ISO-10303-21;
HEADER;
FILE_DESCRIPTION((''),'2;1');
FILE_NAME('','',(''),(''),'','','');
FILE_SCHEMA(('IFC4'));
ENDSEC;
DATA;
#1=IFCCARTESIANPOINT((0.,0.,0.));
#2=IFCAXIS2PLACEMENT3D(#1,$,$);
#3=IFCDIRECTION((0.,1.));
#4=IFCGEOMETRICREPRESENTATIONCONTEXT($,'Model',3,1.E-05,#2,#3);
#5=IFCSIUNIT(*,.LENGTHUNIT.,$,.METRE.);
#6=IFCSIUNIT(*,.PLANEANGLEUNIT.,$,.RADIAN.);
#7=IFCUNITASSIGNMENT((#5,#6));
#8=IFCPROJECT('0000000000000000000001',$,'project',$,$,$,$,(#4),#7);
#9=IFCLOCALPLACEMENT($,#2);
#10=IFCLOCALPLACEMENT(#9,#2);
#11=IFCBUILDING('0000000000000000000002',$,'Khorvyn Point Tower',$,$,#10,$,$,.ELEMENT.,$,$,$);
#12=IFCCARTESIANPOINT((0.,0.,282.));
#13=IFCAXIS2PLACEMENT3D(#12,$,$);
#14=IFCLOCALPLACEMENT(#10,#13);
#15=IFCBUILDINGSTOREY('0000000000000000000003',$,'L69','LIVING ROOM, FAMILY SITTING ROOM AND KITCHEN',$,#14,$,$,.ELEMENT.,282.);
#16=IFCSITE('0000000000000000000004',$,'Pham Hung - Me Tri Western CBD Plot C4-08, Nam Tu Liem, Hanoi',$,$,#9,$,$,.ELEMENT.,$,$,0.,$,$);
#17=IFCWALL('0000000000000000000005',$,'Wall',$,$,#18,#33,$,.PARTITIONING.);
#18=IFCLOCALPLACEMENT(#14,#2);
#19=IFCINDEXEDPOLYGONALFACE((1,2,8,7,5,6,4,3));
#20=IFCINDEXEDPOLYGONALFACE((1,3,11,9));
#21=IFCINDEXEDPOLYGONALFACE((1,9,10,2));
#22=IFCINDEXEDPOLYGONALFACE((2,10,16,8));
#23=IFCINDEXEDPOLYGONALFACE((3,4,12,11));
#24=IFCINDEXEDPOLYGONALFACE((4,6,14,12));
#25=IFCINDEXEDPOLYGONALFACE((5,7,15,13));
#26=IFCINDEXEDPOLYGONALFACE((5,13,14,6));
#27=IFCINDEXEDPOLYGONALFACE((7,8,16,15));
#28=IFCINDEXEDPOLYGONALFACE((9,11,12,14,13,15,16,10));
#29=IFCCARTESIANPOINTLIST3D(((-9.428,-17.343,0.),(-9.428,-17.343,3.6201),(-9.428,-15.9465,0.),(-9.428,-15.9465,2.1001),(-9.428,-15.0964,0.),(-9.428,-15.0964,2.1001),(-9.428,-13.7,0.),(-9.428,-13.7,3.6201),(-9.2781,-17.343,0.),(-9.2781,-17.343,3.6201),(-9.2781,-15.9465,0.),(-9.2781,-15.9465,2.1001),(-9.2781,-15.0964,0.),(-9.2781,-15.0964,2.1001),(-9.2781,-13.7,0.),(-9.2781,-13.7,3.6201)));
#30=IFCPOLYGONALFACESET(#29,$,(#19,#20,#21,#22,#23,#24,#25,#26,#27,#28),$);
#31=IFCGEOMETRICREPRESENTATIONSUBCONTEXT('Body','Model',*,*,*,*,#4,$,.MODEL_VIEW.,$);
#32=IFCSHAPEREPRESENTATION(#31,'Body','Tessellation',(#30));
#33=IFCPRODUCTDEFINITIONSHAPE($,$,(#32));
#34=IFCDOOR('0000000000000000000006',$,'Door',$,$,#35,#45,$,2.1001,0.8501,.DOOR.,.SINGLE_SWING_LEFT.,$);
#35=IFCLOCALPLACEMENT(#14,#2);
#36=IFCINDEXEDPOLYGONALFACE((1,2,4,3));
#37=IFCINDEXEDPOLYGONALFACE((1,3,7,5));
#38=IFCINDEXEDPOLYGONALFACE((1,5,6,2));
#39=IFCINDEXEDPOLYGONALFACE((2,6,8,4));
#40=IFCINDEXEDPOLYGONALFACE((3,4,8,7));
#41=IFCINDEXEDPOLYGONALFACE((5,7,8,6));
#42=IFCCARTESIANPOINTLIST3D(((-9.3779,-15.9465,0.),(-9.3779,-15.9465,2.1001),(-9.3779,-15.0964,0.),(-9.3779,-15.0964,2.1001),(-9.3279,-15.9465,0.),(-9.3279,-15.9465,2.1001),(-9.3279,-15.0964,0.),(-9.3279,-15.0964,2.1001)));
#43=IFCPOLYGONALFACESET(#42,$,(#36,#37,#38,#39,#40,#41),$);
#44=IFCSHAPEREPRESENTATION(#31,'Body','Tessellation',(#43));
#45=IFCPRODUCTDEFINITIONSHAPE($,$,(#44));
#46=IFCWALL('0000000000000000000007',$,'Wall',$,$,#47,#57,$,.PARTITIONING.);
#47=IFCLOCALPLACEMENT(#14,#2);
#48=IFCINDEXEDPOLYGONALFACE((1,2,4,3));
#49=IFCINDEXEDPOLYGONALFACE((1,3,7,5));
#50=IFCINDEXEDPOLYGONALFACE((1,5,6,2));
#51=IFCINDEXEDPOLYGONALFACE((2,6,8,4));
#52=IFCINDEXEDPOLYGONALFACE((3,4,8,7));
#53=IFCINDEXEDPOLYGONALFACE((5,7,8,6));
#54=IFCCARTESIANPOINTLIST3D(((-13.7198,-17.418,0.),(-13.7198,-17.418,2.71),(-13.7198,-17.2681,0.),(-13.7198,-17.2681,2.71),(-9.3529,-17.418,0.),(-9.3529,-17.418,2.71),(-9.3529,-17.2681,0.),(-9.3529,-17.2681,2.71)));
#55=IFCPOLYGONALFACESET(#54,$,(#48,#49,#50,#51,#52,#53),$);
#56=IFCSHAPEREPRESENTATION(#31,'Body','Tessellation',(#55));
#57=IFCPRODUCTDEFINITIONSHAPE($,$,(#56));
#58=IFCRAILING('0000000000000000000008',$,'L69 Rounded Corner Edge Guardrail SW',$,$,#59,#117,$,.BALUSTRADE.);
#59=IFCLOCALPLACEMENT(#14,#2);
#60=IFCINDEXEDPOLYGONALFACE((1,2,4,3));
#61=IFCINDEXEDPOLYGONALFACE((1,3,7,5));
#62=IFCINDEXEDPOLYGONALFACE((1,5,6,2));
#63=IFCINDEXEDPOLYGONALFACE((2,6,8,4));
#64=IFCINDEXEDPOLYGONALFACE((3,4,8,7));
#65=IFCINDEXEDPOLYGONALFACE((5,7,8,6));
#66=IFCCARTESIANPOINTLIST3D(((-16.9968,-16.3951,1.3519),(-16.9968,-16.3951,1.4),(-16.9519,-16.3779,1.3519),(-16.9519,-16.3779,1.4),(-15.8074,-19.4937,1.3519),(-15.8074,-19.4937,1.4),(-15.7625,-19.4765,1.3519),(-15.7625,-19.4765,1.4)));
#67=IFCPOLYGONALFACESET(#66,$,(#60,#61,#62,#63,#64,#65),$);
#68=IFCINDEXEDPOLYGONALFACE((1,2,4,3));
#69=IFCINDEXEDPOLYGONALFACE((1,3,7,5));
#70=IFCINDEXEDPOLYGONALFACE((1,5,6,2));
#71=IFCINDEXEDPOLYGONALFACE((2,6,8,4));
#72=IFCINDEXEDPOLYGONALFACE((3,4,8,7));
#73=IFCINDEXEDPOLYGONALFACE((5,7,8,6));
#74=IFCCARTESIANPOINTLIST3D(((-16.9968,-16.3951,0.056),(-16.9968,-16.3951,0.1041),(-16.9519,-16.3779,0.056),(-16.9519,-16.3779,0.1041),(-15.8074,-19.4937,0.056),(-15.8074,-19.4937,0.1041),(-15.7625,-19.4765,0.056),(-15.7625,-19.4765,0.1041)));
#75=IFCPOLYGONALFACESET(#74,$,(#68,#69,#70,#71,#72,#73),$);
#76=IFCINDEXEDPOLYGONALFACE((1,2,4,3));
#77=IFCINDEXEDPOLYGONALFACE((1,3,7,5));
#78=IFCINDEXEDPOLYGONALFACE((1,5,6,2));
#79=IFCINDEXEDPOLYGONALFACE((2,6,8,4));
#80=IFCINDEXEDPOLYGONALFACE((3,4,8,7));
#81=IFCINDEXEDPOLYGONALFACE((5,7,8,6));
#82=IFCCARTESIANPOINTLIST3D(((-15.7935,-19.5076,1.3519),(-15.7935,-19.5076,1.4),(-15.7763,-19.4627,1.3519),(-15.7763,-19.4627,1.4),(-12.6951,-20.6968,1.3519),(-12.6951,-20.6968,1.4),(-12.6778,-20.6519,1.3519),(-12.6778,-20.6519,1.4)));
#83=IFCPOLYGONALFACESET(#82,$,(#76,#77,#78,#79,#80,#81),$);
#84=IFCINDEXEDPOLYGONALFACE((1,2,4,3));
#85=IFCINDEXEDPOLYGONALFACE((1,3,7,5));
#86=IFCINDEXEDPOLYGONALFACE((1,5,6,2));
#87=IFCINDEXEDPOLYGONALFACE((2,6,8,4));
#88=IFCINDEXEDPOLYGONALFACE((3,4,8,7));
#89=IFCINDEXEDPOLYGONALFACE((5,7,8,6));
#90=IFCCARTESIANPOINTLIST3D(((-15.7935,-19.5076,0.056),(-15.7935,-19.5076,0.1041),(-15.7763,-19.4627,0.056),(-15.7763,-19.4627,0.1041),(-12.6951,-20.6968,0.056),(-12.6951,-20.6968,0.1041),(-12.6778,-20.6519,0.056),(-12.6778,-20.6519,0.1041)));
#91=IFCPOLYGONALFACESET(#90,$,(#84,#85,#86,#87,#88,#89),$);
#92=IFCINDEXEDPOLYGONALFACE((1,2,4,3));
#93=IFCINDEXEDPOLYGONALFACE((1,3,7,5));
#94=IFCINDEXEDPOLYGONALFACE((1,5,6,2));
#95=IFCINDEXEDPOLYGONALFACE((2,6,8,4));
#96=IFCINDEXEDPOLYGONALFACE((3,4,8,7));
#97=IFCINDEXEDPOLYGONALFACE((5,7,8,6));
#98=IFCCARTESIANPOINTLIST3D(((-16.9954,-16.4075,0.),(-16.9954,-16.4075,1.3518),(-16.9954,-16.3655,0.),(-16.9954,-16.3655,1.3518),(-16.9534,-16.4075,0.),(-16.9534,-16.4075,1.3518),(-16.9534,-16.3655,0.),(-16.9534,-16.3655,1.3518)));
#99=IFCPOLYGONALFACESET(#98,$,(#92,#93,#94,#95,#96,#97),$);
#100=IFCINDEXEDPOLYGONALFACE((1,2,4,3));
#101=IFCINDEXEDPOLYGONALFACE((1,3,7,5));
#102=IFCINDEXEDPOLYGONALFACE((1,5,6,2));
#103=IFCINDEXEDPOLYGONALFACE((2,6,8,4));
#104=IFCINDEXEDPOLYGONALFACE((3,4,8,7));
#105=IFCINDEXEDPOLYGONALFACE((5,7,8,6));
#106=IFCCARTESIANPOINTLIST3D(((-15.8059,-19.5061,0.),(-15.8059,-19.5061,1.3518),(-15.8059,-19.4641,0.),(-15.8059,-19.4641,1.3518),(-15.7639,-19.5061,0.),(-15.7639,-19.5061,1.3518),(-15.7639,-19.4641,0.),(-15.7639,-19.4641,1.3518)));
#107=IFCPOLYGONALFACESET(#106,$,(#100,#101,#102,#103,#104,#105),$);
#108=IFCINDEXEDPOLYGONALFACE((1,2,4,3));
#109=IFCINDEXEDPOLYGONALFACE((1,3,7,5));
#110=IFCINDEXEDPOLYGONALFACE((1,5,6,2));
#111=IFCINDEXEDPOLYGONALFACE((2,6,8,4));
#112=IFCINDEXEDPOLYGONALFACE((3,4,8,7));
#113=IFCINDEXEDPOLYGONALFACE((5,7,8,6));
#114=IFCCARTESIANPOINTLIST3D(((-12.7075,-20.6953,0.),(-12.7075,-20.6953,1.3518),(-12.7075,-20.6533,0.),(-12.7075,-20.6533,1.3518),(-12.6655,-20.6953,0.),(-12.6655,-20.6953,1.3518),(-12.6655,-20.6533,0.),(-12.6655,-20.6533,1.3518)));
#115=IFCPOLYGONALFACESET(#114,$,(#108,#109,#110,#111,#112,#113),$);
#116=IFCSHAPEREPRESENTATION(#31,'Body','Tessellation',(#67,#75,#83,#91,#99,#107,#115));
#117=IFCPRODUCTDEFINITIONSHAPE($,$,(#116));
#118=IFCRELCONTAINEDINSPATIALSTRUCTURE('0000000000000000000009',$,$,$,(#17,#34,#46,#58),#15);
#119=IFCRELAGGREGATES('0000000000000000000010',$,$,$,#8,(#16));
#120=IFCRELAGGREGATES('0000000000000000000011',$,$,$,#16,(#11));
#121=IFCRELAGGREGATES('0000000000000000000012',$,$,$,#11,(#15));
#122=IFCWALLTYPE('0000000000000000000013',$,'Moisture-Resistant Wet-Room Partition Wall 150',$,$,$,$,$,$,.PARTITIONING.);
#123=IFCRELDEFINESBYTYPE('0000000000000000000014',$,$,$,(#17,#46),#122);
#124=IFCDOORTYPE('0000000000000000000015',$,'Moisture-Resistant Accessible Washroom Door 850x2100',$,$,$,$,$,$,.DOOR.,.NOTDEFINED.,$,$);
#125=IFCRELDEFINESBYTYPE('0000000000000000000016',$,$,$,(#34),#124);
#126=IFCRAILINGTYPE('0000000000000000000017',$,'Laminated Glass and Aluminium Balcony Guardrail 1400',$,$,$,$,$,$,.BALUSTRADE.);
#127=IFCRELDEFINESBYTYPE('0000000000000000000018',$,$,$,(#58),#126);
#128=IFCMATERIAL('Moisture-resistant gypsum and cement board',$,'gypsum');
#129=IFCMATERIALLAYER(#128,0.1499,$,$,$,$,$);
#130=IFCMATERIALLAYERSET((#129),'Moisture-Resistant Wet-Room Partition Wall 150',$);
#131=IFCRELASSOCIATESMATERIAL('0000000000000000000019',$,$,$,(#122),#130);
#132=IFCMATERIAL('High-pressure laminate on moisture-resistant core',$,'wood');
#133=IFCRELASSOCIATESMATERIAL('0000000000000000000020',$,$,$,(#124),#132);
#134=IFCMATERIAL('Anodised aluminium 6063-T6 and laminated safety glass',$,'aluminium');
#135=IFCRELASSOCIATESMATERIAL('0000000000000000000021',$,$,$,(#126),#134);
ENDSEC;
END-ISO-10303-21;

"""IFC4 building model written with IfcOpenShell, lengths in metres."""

from ifc_helpers import new_model, si_unit, direction, frame, frame_2d, origin, origin_2d, place, context, subcontext, project, spatial, rectangle, extrude, material, layer, layer_set, type_object, element, fill, save


model = new_model("IFC4")

# Units and contexts
model_context = context("Model", 3, precision=1e-05, world=origin(), true_north=direction((0.0, 1.0)))
body_context = subcontext(model_context, "Body", "Model", "MODEL_VIEW")
ifc_project = project(units=[si_unit("LENGTHUNIT", "METRE"), si_unit("PLANEANGLEUNIT", "RADIAN")], contexts=[model_context])

# Site, building, storey
site_placement = place(None, origin())
site = spatial("IfcSite", under=ifc_project, at=site_placement, Name="Pham Hung - Me Tri Western CBD Plot C4-08, Nam Tu Liem, Hanoi", CompositionType="ELEMENT", RefElevation=0.0)
building_placement = place(site_placement, origin())
building = spatial("IfcBuilding", under=site, at=building_placement, Name="Khorvyn Point Tower", CompositionType="ELEMENT")
storey_placement = place(building_placement, frame((0.0, 0.0, 282.0)))
storey = spatial("IfcBuildingStorey", under=building, at=storey_placement, Name="L69", Description="LIVING ROOM, FAMILY SITTING ROOM AND KITCHEN", CompositionType="ELEMENT", Elevation=282.0)

# Wall, opening, door
ifc_material_1 = material(Name="Moisture-resistant gypsum and cement board", Category="gypsum")
ifc_layer_1 = layer(ifc_material_1, 0.1499)
ifc_layer_set_1 = layer_set([ifc_layer_1], Name="Moisture-Resistant Wet-Room Partition Wall 150")
wall_type_1 = type_object("IfcWallType", Name="Moisture-Resistant Wet-Room Partition Wall 150", PredefinedType="PARTITIONING", material=ifc_layer_set_1)
wall_1_placement = place(storey_placement, frame((-9.353, -17.343, 0.0), z_axis=(0.0, 0.0, 1.0), x_axis=(0.0, 1.0, 0.0)))
wall_1 = element("IfcWall", 1, at=wall_1_placement, inside=storey, type_object=wall_type_1, Name="Wall", PredefinedType="PARTITIONING", context=body_context, shape_type="SweptSolid", body=[
    extrude(rectangle(XDim=3.6431, YDim=0.1499, at=frame_2d((1.8215, 0.0))), origin(), (0.0, 0.0, 1.0), 3.6201),
])
opening_1_placement = place(wall_1_placement, frame((1.3965, 0.0, 0.0)))
opening_1 = element("IfcOpeningElement", 2, at=opening_1_placement, cuts=wall_1, PredefinedType="OPENING", context=body_context, shape_type="SweptSolid", body=[
    extrude(rectangle(XDim=0.8501, YDim=2.1001, at=frame_2d((0.425, 1.05))), frame((0.0, 0.085, 0.0), z_axis=(0.0, -1.0, 0.0), x_axis=(1.0, 0.0, 0.0)), (0.0, 0.0, 1.0), 0.1699),
])
ifc_material_2 = material(Name="High-pressure laminate on moisture-resistant core", Category="wood")
door_type_1 = type_object("IfcDoorType", Name="Moisture-Resistant Accessible Washroom Door 850x2100", OperationType="NOTDEFINED", PredefinedType="DOOR", material=ifc_material_2)
door_1_placement = place(opening_1_placement, origin())
door_1 = element("IfcDoor", 3, at=door_1_placement, inside=storey, type_object=door_type_1, Name="Door", OperationType="SINGLE_SWING_LEFT", OverallHeight=2.1001, OverallWidth=0.8501, PredefinedType="DOOR", context=body_context, shape_type="SweptSolid", body=[
    extrude(rectangle(XDim=0.8501, YDim=2.1001, at=frame_2d((0.425, 1.05))), frame((0.0, 0.0249, 0.0), z_axis=(0.0, -1.0, 0.0), x_axis=(1.0, 0.0, 0.0)), (0.0, 0.0, 1.0), 0.05),
])
fill(opening_1, door_1)

# Wall
wall_2_placement = place(storey_placement, frame((-13.72, -17.343, 0.0), z_axis=(0.0, 0.0, 1.0), x_axis=(1.0, 0.0, 0.0)))
element("IfcWall", 4, at=wall_2_placement, inside=storey, type_object=wall_type_1, Name="Wall", PredefinedType="PARTITIONING", context=body_context, shape_type="SweptSolid", body=[
    extrude(rectangle(XDim=4.3669, YDim=0.1499, at=frame_2d((2.1836, 0.0))), origin(), (0.0, 0.0, 1.0), 2.71),
])

# Railing
ifc_material_3 = material(Name="Anodised aluminium 6063-T6 and laminated safety glass", Category="aluminium")
railing_type = type_object("IfcRailingType", Name="Laminated Glass and Aluminium Balcony Guardrail 1400", PredefinedType="BALUSTRADE", material=ifc_material_3)
railing_1_placement = place(storey_placement, frame((-16.9744, -16.3865, 0.0)))
element("IfcRailing", 5, at=railing_1_placement, inside=storey, type_object=railing_type, Name="L69 Rounded Corner Edge Guardrail SW", PredefinedType="BALUSTRADE", context=body_context, shape_type="SweptSolid", body=[
    extrude(rectangle(XDim=0.0481, YDim=0.0481, at=origin_2d()), frame((0.0, 0.0, 1.376), z_axis=(0.358368, -0.93358, 0.0), x_axis=(0.93358, 0.358368, 0.0)), (0.0, 0.0, 1.0), 3.3191),
    extrude(rectangle(XDim=0.0481, YDim=0.0481, at=origin_2d()), frame((0.0, 0.0, 0.0801), z_axis=(0.358368, -0.93358, 0.0), x_axis=(0.93358, 0.358368, 0.0)), (0.0, 0.0, 1.0), 3.3191),
    extrude(rectangle(XDim=0.0481, YDim=0.0481, at=origin_2d()), frame((1.1895, -3.0986, 1.376), z_axis=(0.933596, -0.358328, 0.0), x_axis=(0.358328, 0.933596, 0.0)), (0.0, 0.0, 1.0), 3.3188),
    extrude(rectangle(XDim=0.0481, YDim=0.0481, at=origin_2d()), frame((1.1895, -3.0986, 0.0801), z_axis=(0.933596, -0.358328, 0.0), x_axis=(0.358328, 0.933596, 0.0)), (0.0, 0.0, 1.0), 3.3188),
    extrude(rectangle(XDim=0.042, YDim=0.042, at=origin_2d()), origin(), (0.0, 0.0, 1.0), 1.3518),
    extrude(rectangle(XDim=0.042, YDim=0.042, at=origin_2d()), frame((1.1895, -3.0986, 0.0)), (0.0, 0.0, 1.0), 1.3518),
    extrude(rectangle(XDim=0.042, YDim=0.042, at=origin_2d()), frame((4.2878, -4.2878, 0.0)), (0.0, 0.0, 1.0), 1.3518),
])

save(model, "model.ifc")
